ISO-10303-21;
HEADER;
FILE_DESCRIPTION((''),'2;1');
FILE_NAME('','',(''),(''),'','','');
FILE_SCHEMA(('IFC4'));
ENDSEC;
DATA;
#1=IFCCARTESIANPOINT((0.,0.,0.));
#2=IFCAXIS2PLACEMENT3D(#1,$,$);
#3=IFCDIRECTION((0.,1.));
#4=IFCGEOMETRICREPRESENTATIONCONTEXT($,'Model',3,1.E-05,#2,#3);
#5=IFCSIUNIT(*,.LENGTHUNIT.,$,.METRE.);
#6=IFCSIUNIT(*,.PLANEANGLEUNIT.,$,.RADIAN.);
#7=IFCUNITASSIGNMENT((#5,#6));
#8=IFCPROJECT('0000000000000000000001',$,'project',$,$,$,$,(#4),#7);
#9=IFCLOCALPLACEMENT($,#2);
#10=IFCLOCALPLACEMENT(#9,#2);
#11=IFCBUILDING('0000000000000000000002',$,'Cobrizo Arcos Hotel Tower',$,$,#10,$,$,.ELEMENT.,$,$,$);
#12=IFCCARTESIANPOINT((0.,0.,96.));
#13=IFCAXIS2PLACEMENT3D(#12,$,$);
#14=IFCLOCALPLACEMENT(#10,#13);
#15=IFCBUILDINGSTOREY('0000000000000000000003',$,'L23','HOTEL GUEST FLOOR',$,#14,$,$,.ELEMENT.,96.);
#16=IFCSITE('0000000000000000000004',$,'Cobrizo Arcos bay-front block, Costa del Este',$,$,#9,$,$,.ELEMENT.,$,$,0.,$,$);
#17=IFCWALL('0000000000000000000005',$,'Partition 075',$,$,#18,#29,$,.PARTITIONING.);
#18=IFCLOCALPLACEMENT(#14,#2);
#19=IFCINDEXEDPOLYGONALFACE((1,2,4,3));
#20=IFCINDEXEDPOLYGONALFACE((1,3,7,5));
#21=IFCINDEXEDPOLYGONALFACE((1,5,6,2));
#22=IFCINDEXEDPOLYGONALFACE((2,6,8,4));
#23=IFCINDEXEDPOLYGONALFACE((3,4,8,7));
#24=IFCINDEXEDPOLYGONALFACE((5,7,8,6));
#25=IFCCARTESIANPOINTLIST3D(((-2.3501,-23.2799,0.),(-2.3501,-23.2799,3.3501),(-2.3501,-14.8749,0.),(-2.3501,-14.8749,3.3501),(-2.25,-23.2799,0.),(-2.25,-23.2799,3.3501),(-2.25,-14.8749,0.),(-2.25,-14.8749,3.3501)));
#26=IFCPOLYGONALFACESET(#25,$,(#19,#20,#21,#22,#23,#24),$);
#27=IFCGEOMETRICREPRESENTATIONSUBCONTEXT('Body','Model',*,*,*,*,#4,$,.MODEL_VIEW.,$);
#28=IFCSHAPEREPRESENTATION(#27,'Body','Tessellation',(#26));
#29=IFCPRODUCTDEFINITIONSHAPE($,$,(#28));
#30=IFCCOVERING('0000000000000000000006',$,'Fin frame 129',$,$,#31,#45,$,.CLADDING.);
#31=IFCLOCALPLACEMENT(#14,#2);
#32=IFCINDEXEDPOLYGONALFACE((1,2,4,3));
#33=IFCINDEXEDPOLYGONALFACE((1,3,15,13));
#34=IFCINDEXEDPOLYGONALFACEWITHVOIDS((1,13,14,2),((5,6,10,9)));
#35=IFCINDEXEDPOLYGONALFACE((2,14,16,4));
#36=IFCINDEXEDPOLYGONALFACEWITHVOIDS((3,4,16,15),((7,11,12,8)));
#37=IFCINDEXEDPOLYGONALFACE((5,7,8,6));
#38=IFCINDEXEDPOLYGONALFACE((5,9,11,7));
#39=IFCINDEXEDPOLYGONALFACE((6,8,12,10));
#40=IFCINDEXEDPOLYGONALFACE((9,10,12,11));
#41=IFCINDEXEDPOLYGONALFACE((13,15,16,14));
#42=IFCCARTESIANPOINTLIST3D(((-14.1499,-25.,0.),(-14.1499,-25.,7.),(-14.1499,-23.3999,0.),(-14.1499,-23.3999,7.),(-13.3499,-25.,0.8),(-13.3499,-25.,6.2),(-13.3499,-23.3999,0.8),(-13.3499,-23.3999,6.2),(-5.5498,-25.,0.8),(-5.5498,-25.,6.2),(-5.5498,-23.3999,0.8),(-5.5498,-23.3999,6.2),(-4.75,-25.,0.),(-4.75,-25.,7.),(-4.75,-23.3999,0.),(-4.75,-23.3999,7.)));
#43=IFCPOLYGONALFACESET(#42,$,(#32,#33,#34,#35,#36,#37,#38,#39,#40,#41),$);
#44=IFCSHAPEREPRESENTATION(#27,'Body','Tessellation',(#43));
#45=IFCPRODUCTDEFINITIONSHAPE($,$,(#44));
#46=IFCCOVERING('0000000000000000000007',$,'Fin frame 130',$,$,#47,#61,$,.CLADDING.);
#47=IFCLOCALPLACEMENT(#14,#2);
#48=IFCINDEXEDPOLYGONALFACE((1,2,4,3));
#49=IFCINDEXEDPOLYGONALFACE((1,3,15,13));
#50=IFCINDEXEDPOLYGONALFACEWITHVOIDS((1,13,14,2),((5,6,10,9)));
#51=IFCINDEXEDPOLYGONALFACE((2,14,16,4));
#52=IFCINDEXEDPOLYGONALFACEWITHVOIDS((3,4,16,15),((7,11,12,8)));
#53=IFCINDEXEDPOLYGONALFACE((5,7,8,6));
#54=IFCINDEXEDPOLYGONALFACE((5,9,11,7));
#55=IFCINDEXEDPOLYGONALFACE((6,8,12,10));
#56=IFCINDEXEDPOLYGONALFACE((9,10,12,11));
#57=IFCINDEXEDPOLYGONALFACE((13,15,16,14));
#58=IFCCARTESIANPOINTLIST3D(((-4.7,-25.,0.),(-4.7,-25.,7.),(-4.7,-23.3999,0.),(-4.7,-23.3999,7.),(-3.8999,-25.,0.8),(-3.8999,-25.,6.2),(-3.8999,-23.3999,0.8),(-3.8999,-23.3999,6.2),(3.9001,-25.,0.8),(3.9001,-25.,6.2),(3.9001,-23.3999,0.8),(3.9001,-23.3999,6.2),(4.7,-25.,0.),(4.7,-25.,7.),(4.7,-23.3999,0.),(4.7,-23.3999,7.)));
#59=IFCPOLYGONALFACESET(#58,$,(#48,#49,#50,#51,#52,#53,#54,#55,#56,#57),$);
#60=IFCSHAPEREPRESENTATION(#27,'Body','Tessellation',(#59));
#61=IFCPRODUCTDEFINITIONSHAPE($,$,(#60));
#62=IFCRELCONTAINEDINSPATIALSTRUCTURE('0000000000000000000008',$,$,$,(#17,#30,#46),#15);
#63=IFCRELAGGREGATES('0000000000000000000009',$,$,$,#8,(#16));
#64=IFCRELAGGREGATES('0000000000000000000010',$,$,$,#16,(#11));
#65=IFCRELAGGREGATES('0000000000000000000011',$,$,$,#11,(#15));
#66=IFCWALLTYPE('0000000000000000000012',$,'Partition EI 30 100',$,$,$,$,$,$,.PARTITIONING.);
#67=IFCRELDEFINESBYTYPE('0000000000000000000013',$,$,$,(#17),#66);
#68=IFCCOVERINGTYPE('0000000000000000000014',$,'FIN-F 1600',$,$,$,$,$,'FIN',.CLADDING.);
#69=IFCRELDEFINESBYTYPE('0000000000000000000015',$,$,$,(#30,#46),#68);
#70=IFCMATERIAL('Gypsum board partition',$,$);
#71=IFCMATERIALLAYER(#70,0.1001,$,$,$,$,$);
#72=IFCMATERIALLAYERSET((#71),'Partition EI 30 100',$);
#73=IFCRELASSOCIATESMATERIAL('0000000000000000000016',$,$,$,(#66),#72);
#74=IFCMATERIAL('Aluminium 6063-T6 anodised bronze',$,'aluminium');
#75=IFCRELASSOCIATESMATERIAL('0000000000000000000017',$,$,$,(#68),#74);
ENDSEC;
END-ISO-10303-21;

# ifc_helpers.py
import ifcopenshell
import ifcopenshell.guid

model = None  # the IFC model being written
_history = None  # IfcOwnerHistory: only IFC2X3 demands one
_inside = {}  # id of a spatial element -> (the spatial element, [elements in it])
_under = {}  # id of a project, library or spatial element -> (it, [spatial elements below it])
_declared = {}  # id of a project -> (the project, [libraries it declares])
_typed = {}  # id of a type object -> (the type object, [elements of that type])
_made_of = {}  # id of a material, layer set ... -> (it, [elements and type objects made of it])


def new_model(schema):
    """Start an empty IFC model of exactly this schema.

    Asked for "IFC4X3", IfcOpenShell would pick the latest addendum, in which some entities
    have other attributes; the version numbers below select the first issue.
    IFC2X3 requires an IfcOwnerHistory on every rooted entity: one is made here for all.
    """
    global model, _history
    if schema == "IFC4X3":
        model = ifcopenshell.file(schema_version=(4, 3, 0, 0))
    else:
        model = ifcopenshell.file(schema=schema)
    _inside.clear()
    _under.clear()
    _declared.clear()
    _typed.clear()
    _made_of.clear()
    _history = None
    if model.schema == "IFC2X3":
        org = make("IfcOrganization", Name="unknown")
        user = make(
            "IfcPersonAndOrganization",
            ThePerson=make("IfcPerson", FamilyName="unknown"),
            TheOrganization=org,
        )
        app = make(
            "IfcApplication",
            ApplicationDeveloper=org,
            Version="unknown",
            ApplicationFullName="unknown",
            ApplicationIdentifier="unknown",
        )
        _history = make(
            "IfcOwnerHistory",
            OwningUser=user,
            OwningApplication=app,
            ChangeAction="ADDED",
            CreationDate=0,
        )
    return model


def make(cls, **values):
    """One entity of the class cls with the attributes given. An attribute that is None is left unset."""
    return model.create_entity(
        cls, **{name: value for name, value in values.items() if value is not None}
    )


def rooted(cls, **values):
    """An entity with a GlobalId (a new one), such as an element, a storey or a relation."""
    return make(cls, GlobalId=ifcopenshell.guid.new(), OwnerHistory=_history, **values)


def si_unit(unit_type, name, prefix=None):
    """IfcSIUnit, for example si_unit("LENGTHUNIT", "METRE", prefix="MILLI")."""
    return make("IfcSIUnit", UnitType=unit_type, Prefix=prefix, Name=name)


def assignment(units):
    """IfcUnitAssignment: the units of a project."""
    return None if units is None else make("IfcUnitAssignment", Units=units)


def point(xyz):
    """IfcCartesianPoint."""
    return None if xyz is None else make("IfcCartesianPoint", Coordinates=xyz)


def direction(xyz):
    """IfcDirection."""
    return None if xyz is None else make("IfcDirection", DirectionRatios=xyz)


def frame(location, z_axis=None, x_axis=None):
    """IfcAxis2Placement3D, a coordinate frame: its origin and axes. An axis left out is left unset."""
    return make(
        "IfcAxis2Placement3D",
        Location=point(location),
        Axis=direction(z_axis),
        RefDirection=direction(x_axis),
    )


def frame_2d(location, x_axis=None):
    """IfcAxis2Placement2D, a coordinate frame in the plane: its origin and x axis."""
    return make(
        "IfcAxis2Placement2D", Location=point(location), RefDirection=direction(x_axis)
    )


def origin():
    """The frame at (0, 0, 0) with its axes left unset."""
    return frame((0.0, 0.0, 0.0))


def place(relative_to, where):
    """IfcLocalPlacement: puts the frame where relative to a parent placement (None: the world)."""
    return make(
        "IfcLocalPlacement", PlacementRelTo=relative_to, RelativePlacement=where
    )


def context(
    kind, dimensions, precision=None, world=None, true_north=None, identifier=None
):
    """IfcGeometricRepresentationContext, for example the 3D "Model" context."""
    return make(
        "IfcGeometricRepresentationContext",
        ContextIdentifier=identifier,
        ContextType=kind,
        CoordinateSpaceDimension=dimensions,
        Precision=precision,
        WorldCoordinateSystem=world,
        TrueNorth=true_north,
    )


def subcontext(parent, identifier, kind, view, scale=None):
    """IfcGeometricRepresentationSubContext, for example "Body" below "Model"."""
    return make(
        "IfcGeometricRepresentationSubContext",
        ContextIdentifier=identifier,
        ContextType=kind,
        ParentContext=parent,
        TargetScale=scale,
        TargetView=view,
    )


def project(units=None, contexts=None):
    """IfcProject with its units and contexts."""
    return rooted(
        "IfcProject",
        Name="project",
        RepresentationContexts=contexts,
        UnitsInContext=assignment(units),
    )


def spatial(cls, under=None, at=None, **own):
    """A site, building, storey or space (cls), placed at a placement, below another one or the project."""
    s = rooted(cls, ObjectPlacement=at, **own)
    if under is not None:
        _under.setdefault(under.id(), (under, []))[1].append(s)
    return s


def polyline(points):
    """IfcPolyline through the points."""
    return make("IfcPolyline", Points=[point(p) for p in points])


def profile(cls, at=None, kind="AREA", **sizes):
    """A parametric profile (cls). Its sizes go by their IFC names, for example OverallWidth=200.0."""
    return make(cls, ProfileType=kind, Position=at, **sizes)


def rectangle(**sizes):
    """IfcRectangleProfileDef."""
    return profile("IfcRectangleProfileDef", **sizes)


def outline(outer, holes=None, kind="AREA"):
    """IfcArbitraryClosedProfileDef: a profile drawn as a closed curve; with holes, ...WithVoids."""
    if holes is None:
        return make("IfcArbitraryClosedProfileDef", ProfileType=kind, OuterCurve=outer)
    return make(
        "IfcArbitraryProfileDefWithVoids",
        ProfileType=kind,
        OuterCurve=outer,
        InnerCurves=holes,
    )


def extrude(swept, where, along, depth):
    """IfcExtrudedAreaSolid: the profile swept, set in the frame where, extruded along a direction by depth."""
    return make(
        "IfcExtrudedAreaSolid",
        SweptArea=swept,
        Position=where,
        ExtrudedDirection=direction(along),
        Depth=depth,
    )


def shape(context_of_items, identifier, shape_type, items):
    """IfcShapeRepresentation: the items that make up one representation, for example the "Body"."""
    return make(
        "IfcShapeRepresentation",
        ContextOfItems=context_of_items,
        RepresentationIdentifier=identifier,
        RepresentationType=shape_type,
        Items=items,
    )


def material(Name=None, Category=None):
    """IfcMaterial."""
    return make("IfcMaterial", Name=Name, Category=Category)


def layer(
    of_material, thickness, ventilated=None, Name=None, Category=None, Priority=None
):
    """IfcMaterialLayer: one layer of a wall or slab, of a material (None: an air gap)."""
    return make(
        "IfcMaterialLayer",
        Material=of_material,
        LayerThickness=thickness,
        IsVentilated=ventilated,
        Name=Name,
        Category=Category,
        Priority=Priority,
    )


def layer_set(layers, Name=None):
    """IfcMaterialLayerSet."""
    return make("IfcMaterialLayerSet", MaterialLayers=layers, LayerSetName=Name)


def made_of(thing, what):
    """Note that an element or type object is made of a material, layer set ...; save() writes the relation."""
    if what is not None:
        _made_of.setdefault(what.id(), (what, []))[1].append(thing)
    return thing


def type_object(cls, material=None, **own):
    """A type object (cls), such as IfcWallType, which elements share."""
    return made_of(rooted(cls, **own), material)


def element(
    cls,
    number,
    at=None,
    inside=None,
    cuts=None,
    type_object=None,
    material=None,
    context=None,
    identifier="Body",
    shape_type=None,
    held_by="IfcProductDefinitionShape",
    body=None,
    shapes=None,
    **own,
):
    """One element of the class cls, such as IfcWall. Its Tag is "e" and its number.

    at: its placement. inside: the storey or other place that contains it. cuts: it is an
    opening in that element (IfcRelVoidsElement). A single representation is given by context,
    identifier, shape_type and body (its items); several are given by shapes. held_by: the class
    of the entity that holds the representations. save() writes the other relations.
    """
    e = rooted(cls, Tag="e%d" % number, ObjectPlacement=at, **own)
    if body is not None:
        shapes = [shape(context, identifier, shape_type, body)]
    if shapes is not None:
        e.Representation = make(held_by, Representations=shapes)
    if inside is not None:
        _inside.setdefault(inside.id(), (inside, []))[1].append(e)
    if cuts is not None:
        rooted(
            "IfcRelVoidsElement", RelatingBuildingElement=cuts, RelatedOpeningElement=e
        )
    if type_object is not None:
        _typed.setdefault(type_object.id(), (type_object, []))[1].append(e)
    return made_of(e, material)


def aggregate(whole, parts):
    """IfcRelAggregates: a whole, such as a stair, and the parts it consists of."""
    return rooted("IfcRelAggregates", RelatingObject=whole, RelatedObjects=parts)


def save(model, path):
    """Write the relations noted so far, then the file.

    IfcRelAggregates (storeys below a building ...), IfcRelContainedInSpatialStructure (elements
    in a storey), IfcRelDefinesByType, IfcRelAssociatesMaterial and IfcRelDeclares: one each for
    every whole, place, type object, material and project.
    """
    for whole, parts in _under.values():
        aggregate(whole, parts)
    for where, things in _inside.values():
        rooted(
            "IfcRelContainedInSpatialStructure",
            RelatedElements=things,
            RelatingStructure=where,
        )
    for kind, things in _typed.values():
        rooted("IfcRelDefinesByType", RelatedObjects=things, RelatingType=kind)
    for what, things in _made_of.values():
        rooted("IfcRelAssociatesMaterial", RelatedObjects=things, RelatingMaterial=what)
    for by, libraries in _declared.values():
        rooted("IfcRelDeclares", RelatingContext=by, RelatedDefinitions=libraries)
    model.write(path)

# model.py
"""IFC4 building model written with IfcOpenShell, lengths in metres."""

from ifc_helpers import new_model, si_unit, direction, frame, frame_2d, origin, place, context, subcontext, project, spatial, polyline, rectangle, outline, extrude, material, layer, layer_set, type_object, element, save


model = new_model("IFC4")

# Units and contexts
model_context = context("Model", 3, precision=1e-05, world=origin(), true_north=direction((0.0, 1.0)))
body_context = subcontext(model_context, "Body", "Model", "MODEL_VIEW")
ifc_project = project(units=[si_unit("LENGTHUNIT", "METRE"), si_unit("PLANEANGLEUNIT", "RADIAN")], contexts=[model_context])

# Site, building, storey
site_placement = place(None, origin())
site = spatial("IfcSite", under=ifc_project, at=site_placement, Name="Cobrizo Arcos bay-front block, Costa del Este", CompositionType="ELEMENT", RefElevation=0.0)
building_placement = place(site_placement, origin())
building = spatial("IfcBuilding", under=site, at=building_placement, Name="Cobrizo Arcos Hotel Tower", CompositionType="ELEMENT")
storey_placement = place(building_placement, frame((0.0, 0.0, 96.0)))
storey = spatial("IfcBuildingStorey", under=building, at=storey_placement, Name="L23", Description="HOTEL GUEST FLOOR", CompositionType="ELEMENT", Elevation=96.0)

# Shared definitions
ifc_material_1 = material(Name="Aluminium 6063-T6 anodised bronze", Category="aluminium")

# Wall
ifc_material_2 = material(Name="Gypsum board partition")
ifc_layer_1 = layer(ifc_material_2, 0.1001)
ifc_layer_set_1 = layer_set([ifc_layer_1], Name="Partition EI 30 100")
wall_type = type_object("IfcWallType", Name="Partition EI 30 100", PredefinedType="PARTITIONING", material=ifc_layer_set_1)
wall_1_placement = place(storey_placement, frame((-2.3, -23.28, 0.0), z_axis=(0.0, 0.0, 1.0), x_axis=(0.0, 1.0, 0.0)))
element("IfcWall", 1, at=wall_1_placement, inside=storey, type_object=wall_type, Name="Partition 075", PredefinedType="PARTITIONING", context=body_context, shape_type="SweptSolid", body=[
    extrude(rectangle(XDim=8.405, YDim=0.1001, at=frame_2d((4.2026, 0.0))), origin(), (0.0, 0.0, 1.0), 3.3501),
])

# Coverings
covering_type = type_object("IfcCoveringType", Name="FIN-F 1600", ElementType="FIN", PredefinedType="CLADDING", material=ifc_material_1)
for number, where, z_axis, x_axis, name in (
    (2, (-14.1499, -23.3999, 0.0), (0.0, -1.0, 0.0), (1.0, 0.0, 0.0), "Fin frame 129"),
    (3, (-4.7, -23.3999, 0.0), (0.0, -1.0, 0.0), (1.0, 0.0, 0.0), "Fin frame 130"),
):
    element("IfcCovering", number, at=place(storey_placement, frame(where, z_axis=z_axis, x_axis=x_axis)), inside=storey, type_object=covering_type, Name=name, PredefinedType="CLADDING", context=body_context, shape_type="SweptSolid", body=[
        extrude(outline(polyline([(0.0, 7.0), (0.0, 0.0), (9.3999, 0.0), (9.3999, 7.0), (0.0, 7.0)]), holes=[polyline([(8.6001, 0.8), (0.8, 0.8), (0.8, 6.2), (8.6001, 6.2), (8.6001, 0.8)])]), origin(), (0.0, 0.0, 1.0), 1.6001),
    ])

save(model, "model.ifc")
